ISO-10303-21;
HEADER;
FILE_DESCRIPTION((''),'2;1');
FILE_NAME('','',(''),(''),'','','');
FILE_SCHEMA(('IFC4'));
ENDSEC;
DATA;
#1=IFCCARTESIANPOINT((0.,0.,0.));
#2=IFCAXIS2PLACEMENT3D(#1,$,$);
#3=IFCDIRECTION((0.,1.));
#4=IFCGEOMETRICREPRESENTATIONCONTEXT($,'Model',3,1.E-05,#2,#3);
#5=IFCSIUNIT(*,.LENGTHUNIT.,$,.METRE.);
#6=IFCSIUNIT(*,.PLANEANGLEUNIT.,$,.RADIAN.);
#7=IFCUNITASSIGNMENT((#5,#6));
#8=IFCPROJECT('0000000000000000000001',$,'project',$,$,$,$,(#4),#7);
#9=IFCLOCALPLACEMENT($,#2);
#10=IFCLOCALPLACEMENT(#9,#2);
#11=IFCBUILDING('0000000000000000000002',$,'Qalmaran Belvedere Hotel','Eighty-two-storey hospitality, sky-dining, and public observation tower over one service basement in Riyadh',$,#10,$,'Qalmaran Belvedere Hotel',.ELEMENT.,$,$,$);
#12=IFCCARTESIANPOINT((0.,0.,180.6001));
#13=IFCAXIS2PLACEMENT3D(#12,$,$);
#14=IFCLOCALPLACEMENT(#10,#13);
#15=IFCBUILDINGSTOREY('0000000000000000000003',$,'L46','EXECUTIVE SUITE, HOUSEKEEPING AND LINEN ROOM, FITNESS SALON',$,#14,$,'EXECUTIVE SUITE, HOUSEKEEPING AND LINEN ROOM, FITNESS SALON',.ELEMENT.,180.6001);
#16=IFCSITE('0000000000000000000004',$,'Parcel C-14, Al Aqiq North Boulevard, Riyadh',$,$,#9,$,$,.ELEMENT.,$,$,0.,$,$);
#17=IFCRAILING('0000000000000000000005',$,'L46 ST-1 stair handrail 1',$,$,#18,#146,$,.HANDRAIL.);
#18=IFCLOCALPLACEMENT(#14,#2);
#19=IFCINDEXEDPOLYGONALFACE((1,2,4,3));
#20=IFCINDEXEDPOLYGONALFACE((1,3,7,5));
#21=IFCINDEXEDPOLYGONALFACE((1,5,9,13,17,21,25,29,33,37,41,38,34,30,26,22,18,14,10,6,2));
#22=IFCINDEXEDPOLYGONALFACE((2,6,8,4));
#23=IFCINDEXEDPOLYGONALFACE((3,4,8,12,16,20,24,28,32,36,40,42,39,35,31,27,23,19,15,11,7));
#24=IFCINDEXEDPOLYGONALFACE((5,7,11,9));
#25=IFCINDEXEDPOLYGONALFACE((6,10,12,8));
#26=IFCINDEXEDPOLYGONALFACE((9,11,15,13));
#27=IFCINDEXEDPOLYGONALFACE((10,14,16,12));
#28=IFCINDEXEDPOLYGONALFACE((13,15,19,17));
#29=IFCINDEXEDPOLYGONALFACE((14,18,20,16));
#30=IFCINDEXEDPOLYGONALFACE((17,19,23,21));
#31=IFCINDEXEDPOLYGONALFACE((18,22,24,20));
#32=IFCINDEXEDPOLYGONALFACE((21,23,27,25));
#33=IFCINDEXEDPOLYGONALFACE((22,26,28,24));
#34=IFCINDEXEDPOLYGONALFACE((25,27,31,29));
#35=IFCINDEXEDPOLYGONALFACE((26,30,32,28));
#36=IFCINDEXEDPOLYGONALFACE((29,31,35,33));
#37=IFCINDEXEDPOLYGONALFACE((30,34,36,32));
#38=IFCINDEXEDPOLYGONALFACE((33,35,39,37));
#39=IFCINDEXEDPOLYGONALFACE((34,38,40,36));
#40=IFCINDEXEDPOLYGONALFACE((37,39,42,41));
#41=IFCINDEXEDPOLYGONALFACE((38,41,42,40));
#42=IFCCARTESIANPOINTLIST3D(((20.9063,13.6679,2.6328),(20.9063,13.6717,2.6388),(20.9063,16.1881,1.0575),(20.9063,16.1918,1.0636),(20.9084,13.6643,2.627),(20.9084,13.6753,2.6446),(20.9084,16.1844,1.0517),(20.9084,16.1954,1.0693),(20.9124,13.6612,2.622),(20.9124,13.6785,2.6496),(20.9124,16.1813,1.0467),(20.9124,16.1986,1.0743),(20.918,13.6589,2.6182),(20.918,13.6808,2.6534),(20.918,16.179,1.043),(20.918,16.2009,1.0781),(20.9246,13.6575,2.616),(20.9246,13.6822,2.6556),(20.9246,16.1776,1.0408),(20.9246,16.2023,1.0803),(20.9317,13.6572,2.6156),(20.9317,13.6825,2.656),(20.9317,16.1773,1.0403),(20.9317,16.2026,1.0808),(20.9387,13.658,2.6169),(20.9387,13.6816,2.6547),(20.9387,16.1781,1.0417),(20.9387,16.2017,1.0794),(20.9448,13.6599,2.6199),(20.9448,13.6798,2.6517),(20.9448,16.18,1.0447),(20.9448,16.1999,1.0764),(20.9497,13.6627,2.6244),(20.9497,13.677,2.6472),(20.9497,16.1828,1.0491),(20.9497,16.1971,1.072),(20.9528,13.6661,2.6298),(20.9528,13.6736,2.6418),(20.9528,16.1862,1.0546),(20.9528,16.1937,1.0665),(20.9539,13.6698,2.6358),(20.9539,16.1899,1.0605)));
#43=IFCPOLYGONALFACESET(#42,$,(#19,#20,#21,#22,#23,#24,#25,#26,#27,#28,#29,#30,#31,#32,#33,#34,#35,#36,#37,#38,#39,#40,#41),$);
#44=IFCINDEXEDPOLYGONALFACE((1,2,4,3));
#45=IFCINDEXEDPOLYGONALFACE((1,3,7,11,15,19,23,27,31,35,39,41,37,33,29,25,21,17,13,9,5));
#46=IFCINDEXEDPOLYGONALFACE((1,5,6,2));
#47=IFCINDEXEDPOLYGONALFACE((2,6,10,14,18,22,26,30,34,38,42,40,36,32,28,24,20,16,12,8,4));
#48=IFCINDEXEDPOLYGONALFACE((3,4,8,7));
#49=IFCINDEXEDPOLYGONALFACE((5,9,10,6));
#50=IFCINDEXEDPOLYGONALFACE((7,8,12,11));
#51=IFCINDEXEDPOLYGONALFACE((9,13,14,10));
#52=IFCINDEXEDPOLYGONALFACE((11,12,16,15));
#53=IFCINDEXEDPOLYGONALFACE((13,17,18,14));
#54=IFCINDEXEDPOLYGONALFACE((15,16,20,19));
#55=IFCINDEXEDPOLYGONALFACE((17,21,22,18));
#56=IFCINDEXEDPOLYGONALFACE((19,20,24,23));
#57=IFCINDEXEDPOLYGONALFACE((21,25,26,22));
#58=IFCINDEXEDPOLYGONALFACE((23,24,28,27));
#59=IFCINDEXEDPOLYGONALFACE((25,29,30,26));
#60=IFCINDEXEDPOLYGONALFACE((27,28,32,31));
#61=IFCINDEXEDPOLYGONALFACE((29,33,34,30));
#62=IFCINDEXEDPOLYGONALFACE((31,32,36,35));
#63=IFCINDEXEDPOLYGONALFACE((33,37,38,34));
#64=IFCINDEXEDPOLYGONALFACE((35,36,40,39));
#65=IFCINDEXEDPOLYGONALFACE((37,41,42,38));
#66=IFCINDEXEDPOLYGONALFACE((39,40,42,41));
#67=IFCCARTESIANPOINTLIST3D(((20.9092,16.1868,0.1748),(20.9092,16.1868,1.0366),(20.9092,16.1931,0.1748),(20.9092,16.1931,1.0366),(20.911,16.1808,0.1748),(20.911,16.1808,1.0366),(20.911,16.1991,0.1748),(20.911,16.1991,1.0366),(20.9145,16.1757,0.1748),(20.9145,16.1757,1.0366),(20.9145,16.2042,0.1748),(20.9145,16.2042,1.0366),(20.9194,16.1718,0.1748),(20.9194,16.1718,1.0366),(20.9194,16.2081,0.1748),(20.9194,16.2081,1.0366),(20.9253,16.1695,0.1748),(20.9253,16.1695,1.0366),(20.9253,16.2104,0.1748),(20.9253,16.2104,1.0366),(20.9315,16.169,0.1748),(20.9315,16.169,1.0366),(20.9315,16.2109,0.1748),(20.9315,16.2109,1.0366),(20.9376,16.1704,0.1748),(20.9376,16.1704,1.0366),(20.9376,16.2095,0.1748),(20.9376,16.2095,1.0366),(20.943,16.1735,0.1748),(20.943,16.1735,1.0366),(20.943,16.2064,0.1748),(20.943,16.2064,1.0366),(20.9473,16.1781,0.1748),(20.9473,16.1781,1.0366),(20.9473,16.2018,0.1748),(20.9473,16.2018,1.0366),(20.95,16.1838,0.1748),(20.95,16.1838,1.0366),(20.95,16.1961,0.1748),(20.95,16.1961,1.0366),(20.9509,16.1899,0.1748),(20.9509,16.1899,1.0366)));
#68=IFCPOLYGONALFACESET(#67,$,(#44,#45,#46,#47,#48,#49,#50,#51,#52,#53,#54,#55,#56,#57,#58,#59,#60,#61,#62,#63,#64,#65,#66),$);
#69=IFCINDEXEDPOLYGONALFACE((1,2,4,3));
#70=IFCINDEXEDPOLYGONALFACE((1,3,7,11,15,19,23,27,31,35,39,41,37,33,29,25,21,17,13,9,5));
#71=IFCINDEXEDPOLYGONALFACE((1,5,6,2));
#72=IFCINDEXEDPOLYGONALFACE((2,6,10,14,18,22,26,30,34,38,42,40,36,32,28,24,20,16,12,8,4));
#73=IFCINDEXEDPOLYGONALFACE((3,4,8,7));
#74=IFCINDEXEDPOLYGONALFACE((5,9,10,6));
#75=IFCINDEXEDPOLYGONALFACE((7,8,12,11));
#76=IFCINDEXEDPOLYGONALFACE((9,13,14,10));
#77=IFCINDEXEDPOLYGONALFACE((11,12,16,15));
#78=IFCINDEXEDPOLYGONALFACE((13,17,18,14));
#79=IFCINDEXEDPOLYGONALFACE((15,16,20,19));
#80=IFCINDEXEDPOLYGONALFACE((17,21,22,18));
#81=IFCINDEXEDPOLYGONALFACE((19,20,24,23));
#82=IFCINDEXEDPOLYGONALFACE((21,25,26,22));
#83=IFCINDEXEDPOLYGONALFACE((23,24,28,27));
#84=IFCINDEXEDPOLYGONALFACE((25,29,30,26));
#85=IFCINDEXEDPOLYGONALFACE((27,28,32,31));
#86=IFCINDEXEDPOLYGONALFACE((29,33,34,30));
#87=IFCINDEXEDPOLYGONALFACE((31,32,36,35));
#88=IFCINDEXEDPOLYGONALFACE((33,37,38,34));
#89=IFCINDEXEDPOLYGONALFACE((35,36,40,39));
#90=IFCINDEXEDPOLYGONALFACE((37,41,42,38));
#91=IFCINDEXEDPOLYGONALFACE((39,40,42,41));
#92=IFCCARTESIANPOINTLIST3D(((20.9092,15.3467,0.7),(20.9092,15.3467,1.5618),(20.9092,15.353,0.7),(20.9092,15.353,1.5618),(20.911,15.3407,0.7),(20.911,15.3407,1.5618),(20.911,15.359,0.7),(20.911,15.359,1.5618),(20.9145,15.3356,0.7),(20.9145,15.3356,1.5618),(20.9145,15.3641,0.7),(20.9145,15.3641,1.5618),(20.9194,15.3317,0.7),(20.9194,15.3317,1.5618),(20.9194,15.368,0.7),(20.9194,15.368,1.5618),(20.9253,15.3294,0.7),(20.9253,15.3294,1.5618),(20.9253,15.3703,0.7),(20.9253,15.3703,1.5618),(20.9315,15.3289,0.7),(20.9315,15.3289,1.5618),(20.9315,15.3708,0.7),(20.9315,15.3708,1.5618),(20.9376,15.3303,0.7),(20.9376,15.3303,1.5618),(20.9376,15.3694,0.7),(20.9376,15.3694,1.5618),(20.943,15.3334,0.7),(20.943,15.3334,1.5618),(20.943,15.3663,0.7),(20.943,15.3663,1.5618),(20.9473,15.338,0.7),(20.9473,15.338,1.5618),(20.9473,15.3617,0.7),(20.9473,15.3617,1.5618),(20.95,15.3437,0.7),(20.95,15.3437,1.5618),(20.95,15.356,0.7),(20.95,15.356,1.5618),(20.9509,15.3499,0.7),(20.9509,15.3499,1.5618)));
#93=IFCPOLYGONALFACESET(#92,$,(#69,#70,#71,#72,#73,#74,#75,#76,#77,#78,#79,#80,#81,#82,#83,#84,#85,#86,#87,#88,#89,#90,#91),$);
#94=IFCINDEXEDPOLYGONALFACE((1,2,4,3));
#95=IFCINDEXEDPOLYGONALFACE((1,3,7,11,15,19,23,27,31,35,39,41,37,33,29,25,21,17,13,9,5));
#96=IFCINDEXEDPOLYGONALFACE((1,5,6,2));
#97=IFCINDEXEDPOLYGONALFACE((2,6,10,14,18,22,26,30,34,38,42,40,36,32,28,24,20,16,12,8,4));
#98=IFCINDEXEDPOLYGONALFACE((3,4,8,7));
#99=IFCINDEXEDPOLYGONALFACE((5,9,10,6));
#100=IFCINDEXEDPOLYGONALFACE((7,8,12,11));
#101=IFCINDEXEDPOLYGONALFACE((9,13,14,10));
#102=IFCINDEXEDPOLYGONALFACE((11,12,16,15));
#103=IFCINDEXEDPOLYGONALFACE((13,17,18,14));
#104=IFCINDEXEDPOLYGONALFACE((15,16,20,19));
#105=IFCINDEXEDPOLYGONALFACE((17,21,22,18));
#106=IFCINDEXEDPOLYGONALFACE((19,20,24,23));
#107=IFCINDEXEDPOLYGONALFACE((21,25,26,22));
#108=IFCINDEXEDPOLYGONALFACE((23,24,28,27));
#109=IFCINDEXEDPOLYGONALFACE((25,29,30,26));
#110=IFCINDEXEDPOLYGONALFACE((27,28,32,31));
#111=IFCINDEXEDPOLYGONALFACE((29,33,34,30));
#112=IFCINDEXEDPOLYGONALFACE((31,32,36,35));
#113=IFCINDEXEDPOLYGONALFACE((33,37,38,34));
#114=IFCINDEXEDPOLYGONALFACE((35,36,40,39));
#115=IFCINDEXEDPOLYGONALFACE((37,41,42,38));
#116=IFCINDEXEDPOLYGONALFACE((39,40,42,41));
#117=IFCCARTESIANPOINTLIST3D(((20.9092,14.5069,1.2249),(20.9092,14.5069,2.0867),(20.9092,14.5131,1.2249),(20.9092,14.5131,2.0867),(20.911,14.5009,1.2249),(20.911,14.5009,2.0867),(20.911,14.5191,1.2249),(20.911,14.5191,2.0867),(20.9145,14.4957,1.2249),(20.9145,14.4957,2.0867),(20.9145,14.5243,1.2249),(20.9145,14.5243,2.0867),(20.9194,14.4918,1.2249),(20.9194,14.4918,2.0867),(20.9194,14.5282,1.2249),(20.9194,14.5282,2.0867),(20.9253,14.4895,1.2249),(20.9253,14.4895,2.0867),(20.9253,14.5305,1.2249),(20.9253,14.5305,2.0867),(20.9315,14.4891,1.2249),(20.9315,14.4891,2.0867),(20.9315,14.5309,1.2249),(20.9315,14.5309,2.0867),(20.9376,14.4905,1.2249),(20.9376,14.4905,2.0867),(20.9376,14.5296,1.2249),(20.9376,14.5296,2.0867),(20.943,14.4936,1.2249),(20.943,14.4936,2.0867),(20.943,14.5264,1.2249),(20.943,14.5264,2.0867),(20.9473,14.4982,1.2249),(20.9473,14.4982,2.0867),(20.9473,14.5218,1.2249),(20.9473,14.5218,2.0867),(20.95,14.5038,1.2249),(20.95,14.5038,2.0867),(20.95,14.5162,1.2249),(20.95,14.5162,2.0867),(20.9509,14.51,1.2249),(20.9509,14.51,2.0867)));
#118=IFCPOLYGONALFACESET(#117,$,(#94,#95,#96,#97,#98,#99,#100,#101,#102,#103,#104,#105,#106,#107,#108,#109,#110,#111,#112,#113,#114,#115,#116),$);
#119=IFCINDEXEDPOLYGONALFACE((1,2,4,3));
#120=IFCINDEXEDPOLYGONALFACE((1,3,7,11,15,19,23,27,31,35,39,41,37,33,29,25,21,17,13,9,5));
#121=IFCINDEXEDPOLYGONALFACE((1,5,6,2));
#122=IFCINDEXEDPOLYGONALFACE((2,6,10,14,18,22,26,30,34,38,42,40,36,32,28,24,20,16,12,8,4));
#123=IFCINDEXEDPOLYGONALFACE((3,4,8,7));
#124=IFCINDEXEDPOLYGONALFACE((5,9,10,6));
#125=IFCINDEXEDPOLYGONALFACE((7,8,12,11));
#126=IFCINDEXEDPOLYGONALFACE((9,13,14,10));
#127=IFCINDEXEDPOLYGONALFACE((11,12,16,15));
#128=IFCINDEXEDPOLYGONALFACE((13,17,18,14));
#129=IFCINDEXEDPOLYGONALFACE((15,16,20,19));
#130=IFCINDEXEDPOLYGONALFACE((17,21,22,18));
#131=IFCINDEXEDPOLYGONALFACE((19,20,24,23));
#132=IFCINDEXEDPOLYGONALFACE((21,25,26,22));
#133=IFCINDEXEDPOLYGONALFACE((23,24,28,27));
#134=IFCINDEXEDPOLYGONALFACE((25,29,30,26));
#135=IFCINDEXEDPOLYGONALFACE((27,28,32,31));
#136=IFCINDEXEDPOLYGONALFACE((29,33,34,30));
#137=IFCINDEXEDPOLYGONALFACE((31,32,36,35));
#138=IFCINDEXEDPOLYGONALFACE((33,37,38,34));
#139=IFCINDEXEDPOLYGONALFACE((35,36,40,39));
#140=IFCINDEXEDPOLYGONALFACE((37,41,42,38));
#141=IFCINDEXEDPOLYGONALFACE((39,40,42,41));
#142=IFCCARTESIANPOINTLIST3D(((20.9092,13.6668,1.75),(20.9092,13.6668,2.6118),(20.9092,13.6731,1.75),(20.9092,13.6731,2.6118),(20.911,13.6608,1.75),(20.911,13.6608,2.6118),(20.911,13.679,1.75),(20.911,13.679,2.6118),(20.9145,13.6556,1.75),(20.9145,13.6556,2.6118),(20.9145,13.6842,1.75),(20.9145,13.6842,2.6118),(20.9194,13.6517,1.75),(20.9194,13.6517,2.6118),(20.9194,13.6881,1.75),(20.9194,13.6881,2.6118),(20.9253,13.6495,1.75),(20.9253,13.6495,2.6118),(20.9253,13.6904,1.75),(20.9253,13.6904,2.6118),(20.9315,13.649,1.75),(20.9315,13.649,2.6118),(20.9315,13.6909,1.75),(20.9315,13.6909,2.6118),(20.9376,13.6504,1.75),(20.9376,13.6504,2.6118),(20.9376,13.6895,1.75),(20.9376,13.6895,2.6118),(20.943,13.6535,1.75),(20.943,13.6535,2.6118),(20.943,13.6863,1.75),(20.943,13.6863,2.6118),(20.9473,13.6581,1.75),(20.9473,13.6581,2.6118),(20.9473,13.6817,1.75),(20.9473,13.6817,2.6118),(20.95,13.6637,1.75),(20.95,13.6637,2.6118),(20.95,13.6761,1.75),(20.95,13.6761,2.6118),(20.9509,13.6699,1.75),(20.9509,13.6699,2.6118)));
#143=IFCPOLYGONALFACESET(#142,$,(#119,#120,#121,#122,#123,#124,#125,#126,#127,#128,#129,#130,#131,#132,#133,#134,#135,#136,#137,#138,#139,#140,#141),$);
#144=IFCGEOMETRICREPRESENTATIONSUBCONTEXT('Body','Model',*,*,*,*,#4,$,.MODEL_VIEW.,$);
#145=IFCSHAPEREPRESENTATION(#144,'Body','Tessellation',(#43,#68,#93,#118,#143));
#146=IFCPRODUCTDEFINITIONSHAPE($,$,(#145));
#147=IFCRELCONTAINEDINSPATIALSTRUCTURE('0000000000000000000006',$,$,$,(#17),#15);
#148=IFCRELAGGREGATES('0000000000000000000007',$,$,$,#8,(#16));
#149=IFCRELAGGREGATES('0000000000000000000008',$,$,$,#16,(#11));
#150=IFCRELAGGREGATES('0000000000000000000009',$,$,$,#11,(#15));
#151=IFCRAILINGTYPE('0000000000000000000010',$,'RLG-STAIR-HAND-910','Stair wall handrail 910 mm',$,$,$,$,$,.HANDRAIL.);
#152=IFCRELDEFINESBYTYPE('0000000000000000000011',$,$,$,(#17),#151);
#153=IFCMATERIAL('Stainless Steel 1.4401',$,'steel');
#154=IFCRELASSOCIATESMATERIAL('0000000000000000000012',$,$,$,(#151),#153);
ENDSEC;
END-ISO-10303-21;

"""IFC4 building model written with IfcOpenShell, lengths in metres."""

from ifc_helpers import new_model, si_unit, direction, frame, origin, origin_2d, place, context, subcontext, project, spatial, circle, extrude, material, type_object, element, save


model = new_model("IFC4")

# Units and contexts
model_context = context("Model", 3, precision=1e-05, world=origin(), true_north=direction((0.0, 1.0)))
body_context = subcontext(model_context, "Body", "Model", "MODEL_VIEW")
ifc_project = project(units=[si_unit("LENGTHUNIT", "METRE"), si_unit("PLANEANGLEUNIT", "RADIAN")], contexts=[model_context])

# Site, building, storey
site_placement = place(None, origin())
site = spatial("IfcSite", under=ifc_project, at=site_placement, Name="Parcel C-14, Al Aqiq North Boulevard, Riyadh", CompositionType="ELEMENT", RefElevation=0.0)
building_placement = place(site_placement, origin())
building = spatial("IfcBuilding", under=site, at=building_placement, Name="Qalmaran Belvedere Hotel", Description="Eighty-two-storey hospitality, sky-dining, and public observation tower over one service basement in Riyadh", LongName="Qalmaran Belvedere Hotel", CompositionType="ELEMENT")
storey_placement = place(building_placement, frame((0.0, 0.0, 180.6001)))
storey = spatial("IfcBuildingStorey", under=building, at=storey_placement, Name="L46", Description="EXECUTIVE SUITE, HOUSEKEEPING AND LINEN ROOM, FITNESS SALON", LongName="EXECUTIVE SUITE, HOUSEKEEPING AND LINEN ROOM, FITNESS SALON", CompositionType="ELEMENT", Elevation=180.6001)

# Railing
ifc_material_1 = material(Name="Stainless Steel 1.4401", Category="steel")
railing_type_1 = type_object("IfcRailingType", Name="RLG-STAIR-HAND-910", Description="Stair wall handrail 910 mm", PredefinedType="HANDRAIL", material=ifc_material_1)
railing_1_placement = place(storey_placement, frame((20.9299, 16.1899, 0.1748)))
element("IfcRailing", 1, at=railing_1_placement, inside=storey, type_object=railing_type_1, Name="L46 ST-1 stair handrail 1", PredefinedType="HANDRAIL", context=body_context, shape_type="SweptSolid", body=[
    extrude(circle(Radius=0.0239, at=origin_2d()), frame((0.0, 0.0, 0.8857), z_axis=(0.0, -0.847971, 0.530043), x_axis=(1.0, 0.0, 0.0)), (0.0, 0.0, 1.0), 2.9719),
    extrude(circle(Radius=0.021, at=origin_2d()), origin(), (0.0, 0.0, 1.0), 0.8618),
    extrude(circle(Radius=0.021, at=origin_2d()), frame((0.0, -0.8401, 0.5251)), (0.0, 0.0, 1.0), 0.8618),
    extrude(circle(Radius=0.021, at=origin_2d()), frame((0.0, -1.6799, 1.05)), (0.0, 0.0, 1.0), 0.8618),
    extrude(circle(Radius=0.021, at=origin_2d()), frame((0.0, -2.52, 1.5752)), (0.0, 0.0, 1.0), 0.8618),
])

save(model, "model.ifc")
